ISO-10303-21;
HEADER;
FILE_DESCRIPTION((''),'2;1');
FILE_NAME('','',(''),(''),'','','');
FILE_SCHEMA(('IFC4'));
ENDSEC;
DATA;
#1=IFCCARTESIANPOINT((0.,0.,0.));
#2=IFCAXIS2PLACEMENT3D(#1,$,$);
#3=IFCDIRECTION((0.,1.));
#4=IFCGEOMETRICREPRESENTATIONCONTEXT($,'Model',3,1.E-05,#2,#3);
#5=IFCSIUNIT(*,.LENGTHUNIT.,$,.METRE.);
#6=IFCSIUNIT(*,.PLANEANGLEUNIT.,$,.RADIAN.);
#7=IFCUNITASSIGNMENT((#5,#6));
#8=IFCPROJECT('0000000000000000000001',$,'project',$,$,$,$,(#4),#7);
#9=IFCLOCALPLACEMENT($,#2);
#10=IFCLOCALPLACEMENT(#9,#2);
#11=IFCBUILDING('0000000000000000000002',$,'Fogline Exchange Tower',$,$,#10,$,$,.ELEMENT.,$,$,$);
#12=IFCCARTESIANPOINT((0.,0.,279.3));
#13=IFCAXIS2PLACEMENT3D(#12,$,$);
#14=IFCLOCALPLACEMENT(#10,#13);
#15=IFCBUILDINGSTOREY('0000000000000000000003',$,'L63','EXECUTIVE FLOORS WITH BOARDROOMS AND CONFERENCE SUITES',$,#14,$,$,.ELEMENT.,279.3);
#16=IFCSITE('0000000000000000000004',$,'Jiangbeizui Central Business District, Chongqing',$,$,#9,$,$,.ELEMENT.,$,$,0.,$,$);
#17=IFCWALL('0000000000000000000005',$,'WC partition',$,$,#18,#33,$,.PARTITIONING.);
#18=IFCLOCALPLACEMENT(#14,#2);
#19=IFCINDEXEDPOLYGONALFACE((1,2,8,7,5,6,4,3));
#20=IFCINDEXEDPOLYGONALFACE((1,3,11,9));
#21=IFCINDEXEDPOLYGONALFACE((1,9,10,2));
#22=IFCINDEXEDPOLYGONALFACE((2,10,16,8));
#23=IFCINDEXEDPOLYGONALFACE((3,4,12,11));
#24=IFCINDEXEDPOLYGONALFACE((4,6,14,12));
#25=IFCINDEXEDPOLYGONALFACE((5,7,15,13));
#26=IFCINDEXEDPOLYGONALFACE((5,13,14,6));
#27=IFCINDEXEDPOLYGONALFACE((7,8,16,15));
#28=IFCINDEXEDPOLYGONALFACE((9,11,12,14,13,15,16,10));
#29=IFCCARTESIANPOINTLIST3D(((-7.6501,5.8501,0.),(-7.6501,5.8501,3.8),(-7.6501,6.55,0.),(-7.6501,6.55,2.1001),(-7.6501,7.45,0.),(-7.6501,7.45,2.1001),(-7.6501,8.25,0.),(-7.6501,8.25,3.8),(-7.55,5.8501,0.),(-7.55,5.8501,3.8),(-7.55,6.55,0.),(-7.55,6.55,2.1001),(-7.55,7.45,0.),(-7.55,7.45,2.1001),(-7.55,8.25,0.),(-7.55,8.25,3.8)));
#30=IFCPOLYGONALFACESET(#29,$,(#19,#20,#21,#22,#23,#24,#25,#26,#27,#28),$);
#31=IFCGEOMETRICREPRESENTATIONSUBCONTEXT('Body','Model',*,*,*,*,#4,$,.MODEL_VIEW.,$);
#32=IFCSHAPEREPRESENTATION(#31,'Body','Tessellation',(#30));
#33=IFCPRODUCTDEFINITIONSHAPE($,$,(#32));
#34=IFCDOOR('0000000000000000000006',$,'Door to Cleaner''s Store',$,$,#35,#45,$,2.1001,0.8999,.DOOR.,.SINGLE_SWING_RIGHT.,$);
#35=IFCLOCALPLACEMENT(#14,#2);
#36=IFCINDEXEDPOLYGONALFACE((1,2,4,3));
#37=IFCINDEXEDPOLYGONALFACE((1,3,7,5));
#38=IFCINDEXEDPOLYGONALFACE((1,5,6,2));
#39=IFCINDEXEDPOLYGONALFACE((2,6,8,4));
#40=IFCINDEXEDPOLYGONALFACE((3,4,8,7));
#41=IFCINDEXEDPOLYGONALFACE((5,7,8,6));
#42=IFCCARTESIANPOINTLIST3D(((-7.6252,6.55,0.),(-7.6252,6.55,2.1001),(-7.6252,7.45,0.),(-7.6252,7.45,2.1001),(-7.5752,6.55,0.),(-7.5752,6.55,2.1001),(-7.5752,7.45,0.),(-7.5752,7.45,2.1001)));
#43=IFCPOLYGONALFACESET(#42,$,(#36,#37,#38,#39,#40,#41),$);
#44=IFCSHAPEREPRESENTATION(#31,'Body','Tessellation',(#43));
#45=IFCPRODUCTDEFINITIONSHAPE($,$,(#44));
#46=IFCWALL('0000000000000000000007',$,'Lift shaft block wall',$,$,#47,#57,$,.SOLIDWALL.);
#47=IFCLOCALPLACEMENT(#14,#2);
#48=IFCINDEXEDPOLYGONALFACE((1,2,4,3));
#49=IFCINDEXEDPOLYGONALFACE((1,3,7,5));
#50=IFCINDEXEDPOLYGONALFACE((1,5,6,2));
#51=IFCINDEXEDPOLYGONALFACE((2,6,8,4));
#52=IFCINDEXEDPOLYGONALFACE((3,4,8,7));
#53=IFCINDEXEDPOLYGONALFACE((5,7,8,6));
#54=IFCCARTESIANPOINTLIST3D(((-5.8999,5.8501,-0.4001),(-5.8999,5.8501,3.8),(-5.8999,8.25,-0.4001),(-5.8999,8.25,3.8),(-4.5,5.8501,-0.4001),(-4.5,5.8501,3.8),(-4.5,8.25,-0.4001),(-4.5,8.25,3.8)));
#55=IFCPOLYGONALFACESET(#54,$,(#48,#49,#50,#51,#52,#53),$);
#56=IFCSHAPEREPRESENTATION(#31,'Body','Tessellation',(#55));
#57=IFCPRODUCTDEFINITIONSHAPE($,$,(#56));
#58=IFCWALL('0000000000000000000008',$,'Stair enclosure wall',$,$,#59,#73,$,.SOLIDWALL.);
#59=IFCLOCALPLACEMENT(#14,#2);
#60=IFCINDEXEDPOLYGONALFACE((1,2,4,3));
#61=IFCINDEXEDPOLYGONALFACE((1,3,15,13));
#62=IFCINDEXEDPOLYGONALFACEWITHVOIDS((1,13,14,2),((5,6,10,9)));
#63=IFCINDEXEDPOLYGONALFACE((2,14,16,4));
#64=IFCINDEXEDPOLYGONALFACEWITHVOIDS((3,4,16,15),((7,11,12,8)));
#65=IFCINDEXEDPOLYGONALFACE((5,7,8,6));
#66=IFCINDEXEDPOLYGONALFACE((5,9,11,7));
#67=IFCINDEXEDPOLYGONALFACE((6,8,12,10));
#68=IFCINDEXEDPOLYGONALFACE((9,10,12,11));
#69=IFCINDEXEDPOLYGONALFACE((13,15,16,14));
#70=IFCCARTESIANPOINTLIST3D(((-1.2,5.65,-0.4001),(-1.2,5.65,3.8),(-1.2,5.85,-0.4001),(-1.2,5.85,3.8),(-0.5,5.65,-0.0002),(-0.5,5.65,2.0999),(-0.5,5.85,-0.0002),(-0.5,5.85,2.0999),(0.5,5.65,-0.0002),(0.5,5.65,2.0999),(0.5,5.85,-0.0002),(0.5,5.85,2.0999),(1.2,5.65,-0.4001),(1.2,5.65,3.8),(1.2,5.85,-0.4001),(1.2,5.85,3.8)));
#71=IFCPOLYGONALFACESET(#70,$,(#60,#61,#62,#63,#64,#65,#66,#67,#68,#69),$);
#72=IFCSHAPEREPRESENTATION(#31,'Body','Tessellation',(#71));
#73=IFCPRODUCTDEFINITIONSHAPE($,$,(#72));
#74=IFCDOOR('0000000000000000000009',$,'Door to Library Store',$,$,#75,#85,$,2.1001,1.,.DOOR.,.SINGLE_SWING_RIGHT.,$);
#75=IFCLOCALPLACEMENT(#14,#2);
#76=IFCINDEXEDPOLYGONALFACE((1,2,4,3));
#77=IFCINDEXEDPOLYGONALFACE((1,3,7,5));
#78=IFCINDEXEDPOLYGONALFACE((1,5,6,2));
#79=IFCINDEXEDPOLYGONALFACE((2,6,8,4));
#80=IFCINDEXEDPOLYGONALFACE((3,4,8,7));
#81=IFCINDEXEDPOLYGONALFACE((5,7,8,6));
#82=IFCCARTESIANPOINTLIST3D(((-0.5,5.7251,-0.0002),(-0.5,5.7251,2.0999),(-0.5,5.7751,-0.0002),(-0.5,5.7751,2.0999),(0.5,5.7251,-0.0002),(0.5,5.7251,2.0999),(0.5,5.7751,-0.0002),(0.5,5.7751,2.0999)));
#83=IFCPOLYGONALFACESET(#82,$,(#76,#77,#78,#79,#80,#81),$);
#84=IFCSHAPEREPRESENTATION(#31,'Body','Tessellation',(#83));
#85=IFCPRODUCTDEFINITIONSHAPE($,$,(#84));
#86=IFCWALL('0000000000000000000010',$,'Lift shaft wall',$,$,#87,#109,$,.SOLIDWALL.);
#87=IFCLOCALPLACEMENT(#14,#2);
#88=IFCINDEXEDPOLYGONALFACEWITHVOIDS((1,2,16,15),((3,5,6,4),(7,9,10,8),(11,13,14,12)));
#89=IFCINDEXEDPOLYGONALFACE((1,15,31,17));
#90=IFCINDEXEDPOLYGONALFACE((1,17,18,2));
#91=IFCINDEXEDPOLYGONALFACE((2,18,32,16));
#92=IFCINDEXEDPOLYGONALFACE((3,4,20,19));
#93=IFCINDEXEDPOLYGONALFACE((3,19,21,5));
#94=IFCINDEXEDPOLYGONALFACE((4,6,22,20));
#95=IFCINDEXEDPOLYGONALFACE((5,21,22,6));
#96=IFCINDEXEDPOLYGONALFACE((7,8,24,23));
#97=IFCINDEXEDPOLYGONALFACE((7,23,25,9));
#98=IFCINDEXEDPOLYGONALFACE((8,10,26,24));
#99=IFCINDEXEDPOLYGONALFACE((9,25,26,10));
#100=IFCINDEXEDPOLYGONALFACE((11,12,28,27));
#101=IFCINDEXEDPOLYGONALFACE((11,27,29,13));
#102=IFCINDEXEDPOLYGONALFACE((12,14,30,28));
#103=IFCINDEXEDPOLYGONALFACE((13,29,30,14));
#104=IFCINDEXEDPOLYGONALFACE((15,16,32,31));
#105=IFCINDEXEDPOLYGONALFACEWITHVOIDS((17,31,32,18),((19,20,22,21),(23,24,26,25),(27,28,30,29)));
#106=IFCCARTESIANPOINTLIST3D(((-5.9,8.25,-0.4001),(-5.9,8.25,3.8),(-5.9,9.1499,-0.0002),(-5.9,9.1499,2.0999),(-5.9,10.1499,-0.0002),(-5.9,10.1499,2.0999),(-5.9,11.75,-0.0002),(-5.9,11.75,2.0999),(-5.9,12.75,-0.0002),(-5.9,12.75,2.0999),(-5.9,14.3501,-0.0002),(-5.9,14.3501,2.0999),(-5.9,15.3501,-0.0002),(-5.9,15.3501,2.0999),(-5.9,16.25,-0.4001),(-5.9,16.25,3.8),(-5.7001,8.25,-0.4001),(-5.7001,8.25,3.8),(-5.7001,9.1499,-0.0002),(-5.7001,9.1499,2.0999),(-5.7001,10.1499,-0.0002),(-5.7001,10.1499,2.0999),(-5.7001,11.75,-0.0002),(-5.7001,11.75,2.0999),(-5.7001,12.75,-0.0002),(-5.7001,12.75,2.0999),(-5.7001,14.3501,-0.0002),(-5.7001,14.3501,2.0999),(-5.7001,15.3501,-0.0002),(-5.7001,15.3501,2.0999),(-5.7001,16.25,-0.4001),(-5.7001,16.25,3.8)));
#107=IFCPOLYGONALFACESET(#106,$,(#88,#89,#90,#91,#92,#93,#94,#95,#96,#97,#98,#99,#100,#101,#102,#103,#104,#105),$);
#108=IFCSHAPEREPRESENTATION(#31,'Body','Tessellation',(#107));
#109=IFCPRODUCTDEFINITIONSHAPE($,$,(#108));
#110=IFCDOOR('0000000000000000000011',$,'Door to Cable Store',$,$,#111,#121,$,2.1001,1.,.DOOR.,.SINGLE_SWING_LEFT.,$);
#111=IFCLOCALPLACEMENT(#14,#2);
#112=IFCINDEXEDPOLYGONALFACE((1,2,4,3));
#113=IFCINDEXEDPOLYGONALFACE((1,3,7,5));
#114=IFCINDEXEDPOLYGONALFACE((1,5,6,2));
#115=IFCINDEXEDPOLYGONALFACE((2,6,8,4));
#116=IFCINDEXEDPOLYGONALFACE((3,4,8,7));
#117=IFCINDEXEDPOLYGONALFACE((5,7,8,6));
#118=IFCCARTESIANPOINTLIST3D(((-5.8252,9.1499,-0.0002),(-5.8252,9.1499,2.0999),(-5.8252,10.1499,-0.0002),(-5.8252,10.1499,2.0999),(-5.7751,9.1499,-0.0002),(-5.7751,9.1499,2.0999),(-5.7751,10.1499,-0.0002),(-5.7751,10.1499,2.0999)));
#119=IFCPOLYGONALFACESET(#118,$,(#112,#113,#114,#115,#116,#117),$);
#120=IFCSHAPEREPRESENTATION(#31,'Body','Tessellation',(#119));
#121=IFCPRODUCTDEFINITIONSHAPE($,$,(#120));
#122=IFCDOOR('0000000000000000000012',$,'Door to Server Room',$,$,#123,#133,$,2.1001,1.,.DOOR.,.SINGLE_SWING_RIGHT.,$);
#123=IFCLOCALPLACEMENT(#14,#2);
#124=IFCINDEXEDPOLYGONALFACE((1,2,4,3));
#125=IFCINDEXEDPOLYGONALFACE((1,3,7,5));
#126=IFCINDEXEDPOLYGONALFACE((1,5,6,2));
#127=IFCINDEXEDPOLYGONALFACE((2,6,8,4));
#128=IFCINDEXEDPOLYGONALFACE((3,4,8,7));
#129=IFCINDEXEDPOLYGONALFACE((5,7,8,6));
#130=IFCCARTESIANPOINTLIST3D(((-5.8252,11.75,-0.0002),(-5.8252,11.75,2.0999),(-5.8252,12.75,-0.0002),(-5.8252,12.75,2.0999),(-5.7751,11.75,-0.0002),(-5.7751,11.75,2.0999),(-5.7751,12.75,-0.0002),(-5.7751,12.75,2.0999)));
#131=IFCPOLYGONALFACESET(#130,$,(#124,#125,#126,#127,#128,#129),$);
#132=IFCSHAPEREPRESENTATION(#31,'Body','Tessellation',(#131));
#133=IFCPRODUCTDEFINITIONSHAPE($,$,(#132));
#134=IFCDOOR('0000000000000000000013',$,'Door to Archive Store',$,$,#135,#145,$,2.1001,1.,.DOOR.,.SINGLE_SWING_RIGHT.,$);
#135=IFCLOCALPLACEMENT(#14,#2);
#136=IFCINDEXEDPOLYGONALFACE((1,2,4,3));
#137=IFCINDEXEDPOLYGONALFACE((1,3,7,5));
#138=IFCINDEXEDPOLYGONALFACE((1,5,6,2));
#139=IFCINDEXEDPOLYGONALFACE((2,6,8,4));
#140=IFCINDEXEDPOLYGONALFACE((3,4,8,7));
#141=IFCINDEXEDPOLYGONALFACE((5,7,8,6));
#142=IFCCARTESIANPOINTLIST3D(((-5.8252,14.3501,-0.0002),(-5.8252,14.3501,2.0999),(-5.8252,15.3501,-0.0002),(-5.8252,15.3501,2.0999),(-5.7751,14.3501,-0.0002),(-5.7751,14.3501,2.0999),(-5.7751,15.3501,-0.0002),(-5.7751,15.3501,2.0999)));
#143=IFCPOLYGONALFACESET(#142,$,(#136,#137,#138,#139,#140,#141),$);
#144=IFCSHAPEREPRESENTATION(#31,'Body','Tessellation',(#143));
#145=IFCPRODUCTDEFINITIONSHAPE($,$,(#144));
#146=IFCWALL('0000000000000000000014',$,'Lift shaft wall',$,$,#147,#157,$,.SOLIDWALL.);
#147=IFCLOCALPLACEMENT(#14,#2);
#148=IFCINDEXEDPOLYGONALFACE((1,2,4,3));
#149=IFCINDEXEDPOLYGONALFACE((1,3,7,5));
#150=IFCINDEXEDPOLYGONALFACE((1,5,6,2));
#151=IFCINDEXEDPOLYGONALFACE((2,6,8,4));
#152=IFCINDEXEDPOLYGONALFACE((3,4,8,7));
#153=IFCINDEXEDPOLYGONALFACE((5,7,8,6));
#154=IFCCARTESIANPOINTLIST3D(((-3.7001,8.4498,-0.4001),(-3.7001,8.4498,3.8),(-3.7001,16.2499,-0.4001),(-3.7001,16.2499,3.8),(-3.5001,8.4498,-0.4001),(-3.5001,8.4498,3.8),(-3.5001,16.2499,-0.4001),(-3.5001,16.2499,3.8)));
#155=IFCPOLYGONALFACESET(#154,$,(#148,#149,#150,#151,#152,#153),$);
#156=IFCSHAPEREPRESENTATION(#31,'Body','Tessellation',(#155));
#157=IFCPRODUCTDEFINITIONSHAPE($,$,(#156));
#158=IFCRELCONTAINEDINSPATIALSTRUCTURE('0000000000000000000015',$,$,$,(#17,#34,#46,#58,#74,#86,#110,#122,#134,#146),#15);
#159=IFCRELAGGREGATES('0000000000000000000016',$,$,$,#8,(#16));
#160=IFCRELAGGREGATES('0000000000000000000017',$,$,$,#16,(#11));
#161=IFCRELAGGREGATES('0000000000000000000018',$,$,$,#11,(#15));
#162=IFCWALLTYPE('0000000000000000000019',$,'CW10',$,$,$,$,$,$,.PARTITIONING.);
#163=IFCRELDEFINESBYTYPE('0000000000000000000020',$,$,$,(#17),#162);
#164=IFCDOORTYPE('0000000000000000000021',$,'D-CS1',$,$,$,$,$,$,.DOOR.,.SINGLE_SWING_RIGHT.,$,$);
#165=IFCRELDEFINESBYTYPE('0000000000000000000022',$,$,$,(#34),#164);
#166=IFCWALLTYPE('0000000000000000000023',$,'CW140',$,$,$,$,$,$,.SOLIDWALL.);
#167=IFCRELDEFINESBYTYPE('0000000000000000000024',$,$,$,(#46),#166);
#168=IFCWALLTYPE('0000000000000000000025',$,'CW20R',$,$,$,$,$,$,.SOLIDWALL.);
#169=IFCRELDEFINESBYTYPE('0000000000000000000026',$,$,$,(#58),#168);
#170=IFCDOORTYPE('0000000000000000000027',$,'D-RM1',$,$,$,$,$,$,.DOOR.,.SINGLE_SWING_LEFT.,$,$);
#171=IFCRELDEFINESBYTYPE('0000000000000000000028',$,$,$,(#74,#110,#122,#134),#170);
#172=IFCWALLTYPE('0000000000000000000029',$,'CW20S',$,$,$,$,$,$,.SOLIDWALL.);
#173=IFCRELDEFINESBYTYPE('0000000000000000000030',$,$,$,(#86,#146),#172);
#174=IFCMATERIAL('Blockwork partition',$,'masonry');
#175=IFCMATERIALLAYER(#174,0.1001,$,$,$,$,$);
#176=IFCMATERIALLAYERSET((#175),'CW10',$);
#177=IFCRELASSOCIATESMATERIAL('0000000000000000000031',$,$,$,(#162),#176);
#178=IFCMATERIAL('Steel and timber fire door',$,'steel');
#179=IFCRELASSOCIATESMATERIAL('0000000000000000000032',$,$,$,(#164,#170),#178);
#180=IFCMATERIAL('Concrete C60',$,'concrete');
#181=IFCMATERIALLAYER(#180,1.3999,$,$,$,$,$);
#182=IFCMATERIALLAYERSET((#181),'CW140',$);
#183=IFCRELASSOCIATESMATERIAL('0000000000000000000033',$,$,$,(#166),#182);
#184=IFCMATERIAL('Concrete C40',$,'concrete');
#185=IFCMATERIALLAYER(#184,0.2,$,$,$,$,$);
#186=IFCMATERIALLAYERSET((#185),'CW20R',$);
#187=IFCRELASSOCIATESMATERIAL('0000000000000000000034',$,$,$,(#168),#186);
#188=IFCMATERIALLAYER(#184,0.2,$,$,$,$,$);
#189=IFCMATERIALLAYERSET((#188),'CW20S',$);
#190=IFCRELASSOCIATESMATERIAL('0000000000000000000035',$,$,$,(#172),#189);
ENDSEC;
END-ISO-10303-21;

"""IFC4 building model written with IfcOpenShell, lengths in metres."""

from ifc_helpers import new_model, si_unit, direction, frame, frame_2d, origin, place, context, subcontext, project, spatial, rectangle, extrude, material, layer, layer_set, type_object, element, fill, save


model = new_model("IFC4")

# Units and contexts
model_context = context("Model", 3, precision=1e-05, world=origin(), true_north=direction((0.0, 1.0)))
body_context = subcontext(model_context, "Body", "Model", "MODEL_VIEW")
ifc_project = project(units=[si_unit("LENGTHUNIT", "METRE"), si_unit("PLANEANGLEUNIT", "RADIAN")], contexts=[model_context])

# Site, building, storey
site_placement = place(None, origin())
site = spatial("IfcSite", under=ifc_project, at=site_placement, Name="Jiangbeizui Central Business District, Chongqing", CompositionType="ELEMENT", RefElevation=0.0)
building_placement = place(site_placement, origin())
building = spatial("IfcBuilding", under=site, at=building_placement, Name="Fogline Exchange Tower", CompositionType="ELEMENT")
storey_placement = place(building_placement, frame((0.0, 0.0, 279.3)))
storey = spatial("IfcBuildingStorey", under=building, at=storey_placement, Name="L63", Description="EXECUTIVE FLOORS WITH BOARDROOMS AND CONFERENCE SUITES", CompositionType="ELEMENT", Elevation=279.3)

# Wall, opening, door
ifc_material_1 = material(Name="Blockwork partition", Category="masonry")
ifc_layer_1 = layer(ifc_material_1, 0.1001)
ifc_layer_set_1 = layer_set([ifc_layer_1], Name="CW10")
wall_type_1 = type_object("IfcWallType", Name="CW10", PredefinedType="PARTITIONING", material=ifc_layer_set_1)
wall_1_placement = place(storey_placement, frame((-7.6001, 5.8501, 0.0), z_axis=(0.0, 0.0, 1.0), x_axis=(0.0, 1.0, 0.0)))
wall_1 = element("IfcWall", 1, at=wall_1_placement, inside=storey, type_object=wall_type_1, Name="WC partition", PredefinedType="PARTITIONING", context=body_context, shape_type="SweptSolid", body=[
    extrude(rectangle(XDim=2.3999, YDim=0.1001, at=frame_2d((1.2, 0.0))), origin(), (0.0, 0.0, 1.0), 3.8),
])
opening_1_placement = place(wall_1_placement, frame((0.7, 0.0, 0.0)))
opening_1 = element("IfcOpeningElement", 2, at=opening_1_placement, cuts=wall_1, PredefinedType="OPENING", context=body_context, shape_type="SweptSolid", body=[
    extrude(rectangle(XDim=0.8999, YDim=2.1001, at=frame_2d((0.45, 1.05))), frame((0.0, 0.0601, 0.0), z_axis=(0.0, -1.0, 0.0), x_axis=(1.0, 0.0, 0.0)), (0.0, 0.0, 1.0), 0.1201),
])
ifc_material_2 = material(Name="Steel and timber fire door", Category="steel")
door_type_1 = type_object("IfcDoorType", Name="D-CS1", OperationType="SINGLE_SWING_RIGHT", PredefinedType="DOOR", material=ifc_material_2)
door_1_placement = place(opening_1_placement, frame((0.8999, 0.0, 0.0), z_axis=(0.0, 0.0, 1.0), x_axis=(-1.0, 0.0, 0.0)))
door_1 = element("IfcDoor", 3, at=door_1_placement, inside=storey, type_object=door_type_1, Name="Door to Cleaner's Store", OperationType="SINGLE_SWING_RIGHT", OverallHeight=2.1001, OverallWidth=0.8999, PredefinedType="DOOR", context=body_context, shape_type="SweptSolid", body=[
    extrude(rectangle(XDim=0.8999, YDim=2.1001, at=frame_2d((0.45, 1.05))), frame((0.0, 0.0249, 0.0), z_axis=(0.0, -1.0, 0.0), x_axis=(1.0, 0.0, 0.0)), (0.0, 0.0, 1.0), 0.05),
])
fill(opening_1, door_1)

# Wall
ifc_material_3 = material(Name="Concrete C60", Category="concrete")
ifc_layer_2 = layer(ifc_material_3, 1.3999)
ifc_layer_set_2 = layer_set([ifc_layer_2], Name="CW140")
wall_type_2 = type_object("IfcWallType", Name="CW140", PredefinedType="SOLIDWALL", material=ifc_layer_set_2)
wall_2_placement = place(storey_placement, frame((-5.2, 5.8501, -0.4001), z_axis=(0.0, 0.0, 1.0), x_axis=(0.0, 1.0, 0.0)))
element("IfcWall", 4, at=wall_2_placement, inside=storey, type_object=wall_type_2, Name="Lift shaft block wall", PredefinedType="SOLIDWALL", context=body_context, shape_type="SweptSolid", body=[
    extrude(rectangle(XDim=2.3999, YDim=1.3999, at=frame_2d((1.2, 0.0))), origin(), (0.0, 0.0, 1.0), 4.2002),
])

# Wall, opening, door
ifc_material_4 = material(Name="Concrete C40", Category="concrete")
ifc_layer_3 = layer(ifc_material_4, 0.2)
ifc_layer_set_3 = layer_set([ifc_layer_3], Name="CW20R")
wall_type_3 = type_object("IfcWallType", Name="CW20R", PredefinedType="SOLIDWALL", material=ifc_layer_set_3)
wall_3_placement = place(storey_placement, frame((-1.2, 5.75, -0.4001), z_axis=(0.0, 0.0, 1.0), x_axis=(1.0, 0.0, 0.0)))
wall_3 = element("IfcWall", 5, at=wall_3_placement, inside=storey, type_object=wall_type_3, Name="Stair enclosure wall", PredefinedType="SOLIDWALL", context=body_context, shape_type="SweptSolid", body=[
    extrude(rectangle(XDim=2.3999, YDim=0.2, at=frame_2d((1.2, 0.0))), origin(), (0.0, 0.0, 1.0), 4.2002),
])
opening_2_placement = place(wall_3_placement, frame((0.7, 0.0, 0.3999)))
opening_2 = element("IfcOpeningElement", 6, at=opening_2_placement, cuts=wall_3, PredefinedType="OPENING", context=body_context, shape_type="SweptSolid", body=[
    extrude(rectangle(XDim=1.0, YDim=2.1001, at=frame_2d((0.5, 1.05))), frame((0.0, 0.1099, 0.0), z_axis=(0.0, -1.0, 0.0), x_axis=(1.0, 0.0, 0.0)), (0.0, 0.0, 1.0), 0.22),
])
door_type_2 = type_object("IfcDoorType", Name="D-RM1", OperationType="SINGLE_SWING_LEFT", PredefinedType="DOOR", material=ifc_material_2)
door_2_placement = place(opening_2_placement, frame((1.0, 0.0, 0.0), z_axis=(0.0, 0.0, 1.0), x_axis=(-1.0, 0.0, 0.0)))
door_2 = element("IfcDoor", 7, at=door_2_placement, inside=storey, type_object=door_type_2, Name="Door to Library Store", OperationType="SINGLE_SWING_RIGHT", OverallHeight=2.1001, OverallWidth=1.0, PredefinedType="DOOR", context=body_context, shape_type="SweptSolid", body=[
    extrude(rectangle(XDim=1.0, YDim=2.1001, at=frame_2d((0.5, 1.05))), frame((0.0, 0.0249, 0.0), z_axis=(0.0, -1.0, 0.0), x_axis=(1.0, 0.0, 0.0)), (0.0, 0.0, 1.0), 0.05),
])
fill(opening_2, door_2)

# Wall, openings, doors
ifc_layer_4 = layer(ifc_material_4, 0.2)
ifc_layer_set_4 = layer_set([ifc_layer_4], Name="CW20S")
wall_type_4 = type_object("IfcWallType", Name="CW20S", PredefinedType="SOLIDWALL", material=ifc_layer_set_4)
wall_4_placement = place(storey_placement, frame((-5.8, 8.25, -0.4001), z_axis=(0.0, 0.0, 1.0), x_axis=(0.0, 1.0, 0.0)))
wall_4 = element("IfcWall", 8, at=wall_4_placement, inside=storey, type_object=wall_type_4, Name="Lift shaft wall", PredefinedType="SOLIDWALL", context=body_context, shape_type="SweptSolid", body=[
    extrude(rectangle(XDim=8.0, YDim=0.2, at=frame_2d((4.0, 0.0))), origin(), (0.0, 0.0, 1.0), 4.2002),
])
opening_3_placement = place(wall_4_placement, frame((0.8999, 0.0, 0.3999)))
opening_3 = element("IfcOpeningElement", 9, at=opening_3_placement, cuts=wall_4, PredefinedType="OPENING", context=body_context, shape_type="SweptSolid", body=[
    extrude(rectangle(XDim=1.0, YDim=2.1001, at=frame_2d((0.5, 1.05))), frame((0.0, 0.1099, 0.0), z_axis=(0.0, -1.0, 0.0), x_axis=(1.0, 0.0, 0.0)), (0.0, 0.0, 1.0), 0.22),
])
opening_4_placement = place(wall_4_placement, frame((3.5, 0.0, 0.3999)))
opening_4 = element("IfcOpeningElement", 10, at=opening_4_placement, cuts=wall_4, PredefinedType="OPENING", context=body_context, shape_type="SweptSolid", body=[
    extrude(rectangle(XDim=1.0, YDim=2.1001, at=frame_2d((0.5, 1.05))), frame((0.0, 0.1099, 0.0), z_axis=(0.0, -1.0, 0.0), x_axis=(1.0, 0.0, 0.0)), (0.0, 0.0, 1.0), 0.22),
])
opening_5_placement = place(wall_4_placement, frame((6.1001, 0.0, 0.3999)))
opening_5 = element("IfcOpeningElement", 11, at=opening_5_placement, cuts=wall_4, PredefinedType="OPENING", context=body_context, shape_type="SweptSolid", body=[
    extrude(rectangle(XDim=1.0, YDim=2.1001, at=frame_2d((0.5, 1.05))), frame((0.0, 0.1099, 0.0), z_axis=(0.0, -1.0, 0.0), x_axis=(1.0, 0.0, 0.0)), (0.0, 0.0, 1.0), 0.22),
])
door_3_placement = place(opening_3_placement, frame((1.0, 0.0, 0.0), z_axis=(0.0, 0.0, 1.0), x_axis=(-1.0, 0.0, 0.0)))
door_3 = element("IfcDoor", 12, at=door_3_placement, inside=storey, type_object=door_type_2, Name="Door to Cable Store", OperationType="SINGLE_SWING_LEFT", OverallHeight=2.1001, OverallWidth=1.0, PredefinedType="DOOR", context=body_context, shape_type="SweptSolid", body=[
    extrude(rectangle(XDim=1.0, YDim=2.1001, at=frame_2d((0.5, 1.05))), frame((0.0, 0.0249, 0.0), z_axis=(0.0, -1.0, 0.0), x_axis=(1.0, 0.0, 0.0)), (0.0, 0.0, 1.0), 0.05),
])
fill(opening_3, door_3)
door_4_placement = place(opening_4_placement, frame((1.0, 0.0, 0.0), z_axis=(0.0, 0.0, 1.0), x_axis=(-1.0, 0.0, 0.0)))
door_4 = element("IfcDoor", 13, at=door_4_placement, inside=storey, type_object=door_type_2, Name="Door to Server Room", OperationType="SINGLE_SWING_RIGHT", OverallHeight=2.1001, OverallWidth=1.0, PredefinedType="DOOR", context=body_context, shape_type="SweptSolid", body=[
    extrude(rectangle(XDim=1.0, YDim=2.1001, at=frame_2d((0.5, 1.05))), frame((0.0, 0.0249, 0.0), z_axis=(0.0, -1.0, 0.0), x_axis=(1.0, 0.0, 0.0)), (0.0, 0.0, 1.0), 0.05),
])
fill(opening_4, door_4)
door_5_placement = place(opening_5_placement, frame((1.0, 0.0, 0.0), z_axis=(0.0, 0.0, 1.0), x_axis=(-1.0, 0.0, 0.0)))
door_5 = element("IfcDoor", 14, at=door_5_placement, inside=storey, type_object=door_type_2, Name="Door to Archive Store", OperationType="SINGLE_SWING_RIGHT", OverallHeight=2.1001, OverallWidth=1.0, PredefinedType="DOOR", context=body_context, shape_type="SweptSolid", body=[
    extrude(rectangle(XDim=1.0, YDim=2.1001, at=frame_2d((0.5, 1.05))), frame((0.0, 0.0249, 0.0), z_axis=(0.0, -1.0, 0.0), x_axis=(1.0, 0.0, 0.0)), (0.0, 0.0, 1.0), 0.05),
])
fill(opening_5, door_5)

# Wall
wall_5_placement = place(storey_placement, frame((-3.6001, 8.45, -0.4001), z_axis=(0.0, 0.0, 1.0), x_axis=(0.0, 1.0, 0.0)))
element("IfcWall", 15, at=wall_5_placement, inside=storey, type_object=wall_type_4, Name="Lift shaft wall", PredefinedType="SOLIDWALL", context=body_context, shape_type="SweptSolid", body=[
    extrude(rectangle(XDim=7.8, YDim=0.2, at=frame_2d((3.8999, 0.0))), origin(), (0.0, 0.0, 1.0), 4.2002),
])

save(model, "model.ifc")
